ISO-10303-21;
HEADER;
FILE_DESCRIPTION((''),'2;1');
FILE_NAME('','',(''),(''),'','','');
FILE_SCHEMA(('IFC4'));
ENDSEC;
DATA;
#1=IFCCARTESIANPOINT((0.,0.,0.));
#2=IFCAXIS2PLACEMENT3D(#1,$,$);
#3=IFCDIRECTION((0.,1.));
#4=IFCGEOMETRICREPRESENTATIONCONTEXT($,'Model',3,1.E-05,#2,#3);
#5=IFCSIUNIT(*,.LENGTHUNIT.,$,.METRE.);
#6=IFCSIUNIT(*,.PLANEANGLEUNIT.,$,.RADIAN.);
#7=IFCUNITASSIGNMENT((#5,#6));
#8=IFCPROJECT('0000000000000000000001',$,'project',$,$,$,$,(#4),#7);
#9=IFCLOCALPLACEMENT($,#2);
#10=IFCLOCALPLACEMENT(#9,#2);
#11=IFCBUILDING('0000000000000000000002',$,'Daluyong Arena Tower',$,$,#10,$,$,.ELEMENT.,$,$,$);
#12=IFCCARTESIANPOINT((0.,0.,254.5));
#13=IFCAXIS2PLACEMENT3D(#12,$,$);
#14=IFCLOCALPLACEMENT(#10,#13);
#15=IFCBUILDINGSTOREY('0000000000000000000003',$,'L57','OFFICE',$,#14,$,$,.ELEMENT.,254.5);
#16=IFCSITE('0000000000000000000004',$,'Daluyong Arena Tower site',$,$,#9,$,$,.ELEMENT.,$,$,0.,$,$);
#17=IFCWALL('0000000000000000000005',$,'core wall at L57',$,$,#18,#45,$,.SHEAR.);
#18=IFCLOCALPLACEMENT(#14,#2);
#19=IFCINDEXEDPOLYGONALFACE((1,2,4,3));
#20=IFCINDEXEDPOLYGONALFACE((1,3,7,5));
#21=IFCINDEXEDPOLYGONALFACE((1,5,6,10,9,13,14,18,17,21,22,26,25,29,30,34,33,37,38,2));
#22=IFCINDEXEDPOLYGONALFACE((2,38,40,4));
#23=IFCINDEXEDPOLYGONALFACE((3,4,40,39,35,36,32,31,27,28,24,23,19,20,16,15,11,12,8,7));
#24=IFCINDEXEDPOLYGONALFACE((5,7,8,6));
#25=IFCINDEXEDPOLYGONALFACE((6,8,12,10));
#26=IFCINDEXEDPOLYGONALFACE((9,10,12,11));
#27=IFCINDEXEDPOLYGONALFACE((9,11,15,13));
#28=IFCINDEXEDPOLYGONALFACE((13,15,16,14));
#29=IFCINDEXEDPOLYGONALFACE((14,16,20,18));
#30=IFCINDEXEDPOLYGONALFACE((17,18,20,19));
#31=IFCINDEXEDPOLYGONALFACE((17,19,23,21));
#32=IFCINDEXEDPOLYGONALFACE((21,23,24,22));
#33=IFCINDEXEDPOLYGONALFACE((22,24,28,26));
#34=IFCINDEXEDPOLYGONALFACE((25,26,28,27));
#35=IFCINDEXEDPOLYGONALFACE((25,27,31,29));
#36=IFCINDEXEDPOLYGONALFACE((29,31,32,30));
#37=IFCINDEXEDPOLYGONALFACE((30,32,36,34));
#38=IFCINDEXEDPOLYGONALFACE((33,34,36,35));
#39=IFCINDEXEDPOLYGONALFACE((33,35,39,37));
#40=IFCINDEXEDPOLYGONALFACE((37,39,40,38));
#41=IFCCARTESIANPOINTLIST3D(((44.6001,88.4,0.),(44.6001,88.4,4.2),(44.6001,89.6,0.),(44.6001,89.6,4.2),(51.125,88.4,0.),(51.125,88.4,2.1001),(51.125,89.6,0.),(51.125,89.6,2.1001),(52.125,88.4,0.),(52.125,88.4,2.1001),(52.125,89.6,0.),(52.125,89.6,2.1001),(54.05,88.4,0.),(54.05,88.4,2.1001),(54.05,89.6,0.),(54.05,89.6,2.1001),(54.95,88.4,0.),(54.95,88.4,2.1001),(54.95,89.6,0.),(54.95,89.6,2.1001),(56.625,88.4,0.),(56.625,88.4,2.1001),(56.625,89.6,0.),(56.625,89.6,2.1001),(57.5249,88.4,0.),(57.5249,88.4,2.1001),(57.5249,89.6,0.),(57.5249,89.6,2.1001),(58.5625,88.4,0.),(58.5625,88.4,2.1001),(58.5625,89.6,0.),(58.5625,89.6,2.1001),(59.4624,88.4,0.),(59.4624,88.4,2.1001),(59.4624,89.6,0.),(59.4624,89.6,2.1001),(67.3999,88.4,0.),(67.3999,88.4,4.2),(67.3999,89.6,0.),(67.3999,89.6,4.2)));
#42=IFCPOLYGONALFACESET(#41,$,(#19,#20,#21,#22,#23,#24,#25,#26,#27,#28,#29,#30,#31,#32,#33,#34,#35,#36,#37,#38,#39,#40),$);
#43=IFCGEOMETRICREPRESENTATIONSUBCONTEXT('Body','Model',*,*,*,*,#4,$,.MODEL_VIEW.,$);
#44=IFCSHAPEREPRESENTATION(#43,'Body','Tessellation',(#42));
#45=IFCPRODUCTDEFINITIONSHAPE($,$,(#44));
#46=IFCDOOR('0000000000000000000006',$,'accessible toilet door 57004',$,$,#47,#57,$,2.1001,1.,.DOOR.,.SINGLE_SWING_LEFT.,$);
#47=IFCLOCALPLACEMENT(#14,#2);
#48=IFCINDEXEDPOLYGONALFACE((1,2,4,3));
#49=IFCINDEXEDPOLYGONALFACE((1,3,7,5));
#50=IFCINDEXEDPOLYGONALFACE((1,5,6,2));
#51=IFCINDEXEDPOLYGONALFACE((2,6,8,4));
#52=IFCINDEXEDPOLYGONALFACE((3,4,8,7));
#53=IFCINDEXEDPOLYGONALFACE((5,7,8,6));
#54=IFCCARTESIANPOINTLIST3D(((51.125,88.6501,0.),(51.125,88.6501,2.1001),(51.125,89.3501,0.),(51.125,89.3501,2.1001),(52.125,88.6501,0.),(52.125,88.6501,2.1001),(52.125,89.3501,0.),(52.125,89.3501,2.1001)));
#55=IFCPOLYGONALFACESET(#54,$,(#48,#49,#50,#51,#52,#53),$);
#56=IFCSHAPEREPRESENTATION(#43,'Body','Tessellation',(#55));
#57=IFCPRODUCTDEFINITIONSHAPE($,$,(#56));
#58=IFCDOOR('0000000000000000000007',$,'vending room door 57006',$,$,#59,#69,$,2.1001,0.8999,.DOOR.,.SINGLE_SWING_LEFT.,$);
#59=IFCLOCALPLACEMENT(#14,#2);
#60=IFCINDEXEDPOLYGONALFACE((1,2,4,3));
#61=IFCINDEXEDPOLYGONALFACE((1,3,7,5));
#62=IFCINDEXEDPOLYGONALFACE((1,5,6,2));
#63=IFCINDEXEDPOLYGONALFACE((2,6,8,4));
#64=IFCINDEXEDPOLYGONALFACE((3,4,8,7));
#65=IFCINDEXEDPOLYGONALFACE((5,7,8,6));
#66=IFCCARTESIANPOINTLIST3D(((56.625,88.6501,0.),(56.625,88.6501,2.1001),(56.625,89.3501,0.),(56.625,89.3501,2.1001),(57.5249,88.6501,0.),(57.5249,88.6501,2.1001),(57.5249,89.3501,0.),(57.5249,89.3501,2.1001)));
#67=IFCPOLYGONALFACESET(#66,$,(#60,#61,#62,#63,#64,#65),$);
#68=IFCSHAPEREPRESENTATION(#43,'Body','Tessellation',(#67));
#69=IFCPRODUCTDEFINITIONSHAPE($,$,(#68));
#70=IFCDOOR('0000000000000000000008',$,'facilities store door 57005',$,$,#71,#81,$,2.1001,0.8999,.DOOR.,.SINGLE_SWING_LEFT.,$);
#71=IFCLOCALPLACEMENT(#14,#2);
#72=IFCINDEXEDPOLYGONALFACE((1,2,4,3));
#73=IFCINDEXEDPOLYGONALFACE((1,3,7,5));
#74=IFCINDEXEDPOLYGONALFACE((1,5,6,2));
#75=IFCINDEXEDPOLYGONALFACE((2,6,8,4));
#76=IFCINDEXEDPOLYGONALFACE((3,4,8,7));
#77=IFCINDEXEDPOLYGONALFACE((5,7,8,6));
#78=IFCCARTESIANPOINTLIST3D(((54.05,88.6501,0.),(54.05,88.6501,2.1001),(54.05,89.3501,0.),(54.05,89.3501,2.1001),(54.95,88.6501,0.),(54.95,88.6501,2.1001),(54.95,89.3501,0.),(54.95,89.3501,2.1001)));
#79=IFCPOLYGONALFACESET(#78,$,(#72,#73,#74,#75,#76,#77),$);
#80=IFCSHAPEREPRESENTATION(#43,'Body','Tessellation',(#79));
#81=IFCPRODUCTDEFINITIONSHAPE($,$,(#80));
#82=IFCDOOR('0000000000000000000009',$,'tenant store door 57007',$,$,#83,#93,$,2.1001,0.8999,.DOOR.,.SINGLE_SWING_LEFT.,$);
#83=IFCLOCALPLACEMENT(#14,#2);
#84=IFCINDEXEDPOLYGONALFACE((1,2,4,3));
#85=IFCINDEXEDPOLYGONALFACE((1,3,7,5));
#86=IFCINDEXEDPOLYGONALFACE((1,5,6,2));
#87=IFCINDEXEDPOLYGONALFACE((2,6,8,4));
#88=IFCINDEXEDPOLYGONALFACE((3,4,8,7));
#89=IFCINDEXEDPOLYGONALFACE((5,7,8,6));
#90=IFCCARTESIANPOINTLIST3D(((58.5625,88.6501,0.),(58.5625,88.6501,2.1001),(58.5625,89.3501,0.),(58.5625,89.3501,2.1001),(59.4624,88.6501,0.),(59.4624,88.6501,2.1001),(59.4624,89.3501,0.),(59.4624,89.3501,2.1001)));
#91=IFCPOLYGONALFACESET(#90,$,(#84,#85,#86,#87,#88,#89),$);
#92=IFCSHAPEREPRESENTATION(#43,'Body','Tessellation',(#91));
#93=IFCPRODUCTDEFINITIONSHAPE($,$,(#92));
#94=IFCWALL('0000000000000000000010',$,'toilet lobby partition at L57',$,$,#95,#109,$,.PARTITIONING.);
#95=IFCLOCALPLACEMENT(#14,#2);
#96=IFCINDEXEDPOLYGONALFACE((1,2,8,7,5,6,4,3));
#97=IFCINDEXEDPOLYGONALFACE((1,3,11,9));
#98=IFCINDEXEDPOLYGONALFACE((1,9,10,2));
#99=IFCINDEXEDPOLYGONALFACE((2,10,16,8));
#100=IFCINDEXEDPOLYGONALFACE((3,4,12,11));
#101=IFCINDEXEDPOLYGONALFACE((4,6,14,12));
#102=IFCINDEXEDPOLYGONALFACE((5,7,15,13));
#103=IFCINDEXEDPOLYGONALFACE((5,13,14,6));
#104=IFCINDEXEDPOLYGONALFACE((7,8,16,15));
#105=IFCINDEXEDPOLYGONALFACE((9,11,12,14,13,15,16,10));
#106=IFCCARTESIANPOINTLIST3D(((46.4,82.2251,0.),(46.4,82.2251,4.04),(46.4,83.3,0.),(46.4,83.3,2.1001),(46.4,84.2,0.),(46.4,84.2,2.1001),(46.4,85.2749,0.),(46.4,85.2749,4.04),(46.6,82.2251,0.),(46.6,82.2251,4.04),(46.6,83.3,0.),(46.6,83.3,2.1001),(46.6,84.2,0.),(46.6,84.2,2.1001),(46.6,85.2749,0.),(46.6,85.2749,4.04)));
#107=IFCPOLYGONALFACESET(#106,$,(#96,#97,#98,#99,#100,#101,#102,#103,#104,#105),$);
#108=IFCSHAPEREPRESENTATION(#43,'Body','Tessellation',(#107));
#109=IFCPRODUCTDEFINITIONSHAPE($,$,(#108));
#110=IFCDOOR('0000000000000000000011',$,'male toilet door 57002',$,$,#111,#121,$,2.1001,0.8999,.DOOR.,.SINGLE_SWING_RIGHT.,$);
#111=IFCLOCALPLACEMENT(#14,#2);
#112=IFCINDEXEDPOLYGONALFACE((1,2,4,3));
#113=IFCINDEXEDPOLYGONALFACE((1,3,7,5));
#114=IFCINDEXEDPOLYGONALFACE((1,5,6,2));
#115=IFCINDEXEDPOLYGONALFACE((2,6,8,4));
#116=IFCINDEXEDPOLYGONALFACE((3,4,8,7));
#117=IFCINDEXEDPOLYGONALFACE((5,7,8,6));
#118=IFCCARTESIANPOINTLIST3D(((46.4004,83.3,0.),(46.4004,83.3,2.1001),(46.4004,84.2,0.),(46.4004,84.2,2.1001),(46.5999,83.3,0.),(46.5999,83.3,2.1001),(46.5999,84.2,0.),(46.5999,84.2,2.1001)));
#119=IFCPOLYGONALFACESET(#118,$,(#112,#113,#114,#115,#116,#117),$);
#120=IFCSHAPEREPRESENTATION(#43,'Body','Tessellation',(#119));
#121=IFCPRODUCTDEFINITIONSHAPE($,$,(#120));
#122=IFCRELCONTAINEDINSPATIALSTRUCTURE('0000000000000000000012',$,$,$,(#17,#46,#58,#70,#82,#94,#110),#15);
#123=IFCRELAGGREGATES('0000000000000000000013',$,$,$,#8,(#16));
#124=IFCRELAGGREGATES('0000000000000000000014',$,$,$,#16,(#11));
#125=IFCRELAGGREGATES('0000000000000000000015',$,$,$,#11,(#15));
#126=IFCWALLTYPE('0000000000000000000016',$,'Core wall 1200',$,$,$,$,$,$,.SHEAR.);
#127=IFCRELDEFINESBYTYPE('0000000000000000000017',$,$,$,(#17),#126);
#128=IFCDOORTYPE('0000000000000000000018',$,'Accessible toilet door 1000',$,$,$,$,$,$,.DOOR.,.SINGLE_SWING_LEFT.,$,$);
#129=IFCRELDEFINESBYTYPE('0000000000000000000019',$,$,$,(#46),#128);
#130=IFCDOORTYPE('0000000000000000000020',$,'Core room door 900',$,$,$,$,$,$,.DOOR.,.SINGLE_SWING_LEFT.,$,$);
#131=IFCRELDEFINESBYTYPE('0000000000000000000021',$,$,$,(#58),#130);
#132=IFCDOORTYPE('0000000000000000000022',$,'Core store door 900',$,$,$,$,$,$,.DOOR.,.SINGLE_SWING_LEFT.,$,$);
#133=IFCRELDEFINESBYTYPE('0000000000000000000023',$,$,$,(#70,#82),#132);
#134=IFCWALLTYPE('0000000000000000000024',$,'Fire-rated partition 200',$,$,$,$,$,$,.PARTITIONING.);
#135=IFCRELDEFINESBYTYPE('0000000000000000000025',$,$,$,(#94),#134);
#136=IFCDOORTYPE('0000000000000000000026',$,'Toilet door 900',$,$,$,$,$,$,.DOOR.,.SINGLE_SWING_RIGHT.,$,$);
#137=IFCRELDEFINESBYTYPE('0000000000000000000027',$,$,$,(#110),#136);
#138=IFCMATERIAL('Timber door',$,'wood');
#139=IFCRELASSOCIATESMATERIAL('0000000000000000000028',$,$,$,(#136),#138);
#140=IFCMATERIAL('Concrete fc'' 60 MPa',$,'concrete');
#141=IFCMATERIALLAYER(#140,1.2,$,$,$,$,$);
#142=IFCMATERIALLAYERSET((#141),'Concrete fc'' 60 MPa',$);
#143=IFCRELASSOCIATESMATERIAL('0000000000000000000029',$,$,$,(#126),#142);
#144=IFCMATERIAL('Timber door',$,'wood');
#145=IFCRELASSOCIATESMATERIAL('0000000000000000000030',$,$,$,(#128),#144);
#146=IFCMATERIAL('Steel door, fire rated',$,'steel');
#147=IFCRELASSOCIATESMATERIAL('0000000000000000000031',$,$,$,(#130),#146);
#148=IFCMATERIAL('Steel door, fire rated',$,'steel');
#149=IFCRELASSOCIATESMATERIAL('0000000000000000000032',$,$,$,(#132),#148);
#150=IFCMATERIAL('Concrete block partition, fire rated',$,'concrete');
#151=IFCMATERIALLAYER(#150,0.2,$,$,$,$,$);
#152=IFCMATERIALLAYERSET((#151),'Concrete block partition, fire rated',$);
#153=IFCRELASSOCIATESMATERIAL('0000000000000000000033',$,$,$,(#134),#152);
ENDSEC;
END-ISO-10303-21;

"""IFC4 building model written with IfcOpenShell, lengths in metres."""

from ifc_helpers import new_model, si_unit, direction, frame, frame_2d, origin, place, context, subcontext, project, spatial, rectangle, extrude, material, layer, layer_set, type_object, element, fill, save


model = new_model("IFC4")

# Units and contexts
model_context = context("Model", 3, precision=1e-05, world=origin(), true_north=direction((0.0, 1.0)))
body_context = subcontext(model_context, "Body", "Model", "MODEL_VIEW")
ifc_project = project(units=[si_unit("LENGTHUNIT", "METRE"), si_unit("PLANEANGLEUNIT", "RADIAN")], contexts=[model_context])

# Site, building, storey
site_placement = place(None, origin())
site = spatial("IfcSite", under=ifc_project, at=site_placement, Name="Daluyong Arena Tower site", CompositionType="ELEMENT", RefElevation=0.0)
building_placement = place(site_placement, origin())
building = spatial("IfcBuilding", under=site, at=building_placement, Name="Daluyong Arena Tower", CompositionType="ELEMENT")
storey_placement = place(building_placement, frame((0.0, 0.0, 254.5)))
storey = spatial("IfcBuildingStorey", under=building, at=storey_placement, Name="L57", Description="OFFICE", CompositionType="ELEMENT", Elevation=254.5)

# Shared definitions
ifc_material_1 = material(Name="Timber door", Category="wood")
door_type_1 = type_object("IfcDoorType", Name="Toilet door 900", OperationType="SINGLE_SWING_RIGHT", PredefinedType="DOOR", material=ifc_material_1)

# Wall, openings, doors
ifc_material_2 = material(Name="Concrete fc' 60 MPa", Category="concrete")
ifc_layer_1 = layer(ifc_material_2, 1.2)
ifc_layer_set_1 = layer_set([ifc_layer_1], Name="Concrete fc' 60 MPa")
wall_type_1 = type_object("IfcWallType", Name="Core wall 1200", PredefinedType="SHEAR", material=ifc_layer_set_1)
wall_1_placement = place(storey_placement, frame((44.6001, 89.0, 0.0), z_axis=(0.0, 0.0, 1.0), x_axis=(1.0, 0.0, 0.0)))
wall_1 = element("IfcWall", 1, at=wall_1_placement, inside=storey, type_object=wall_type_1, Name="core wall at L57", PredefinedType="SHEAR", context=body_context, shape_type="SweptSolid", body=[
    extrude(rectangle(XDim=22.7998, YDim=1.2, at=frame_2d((11.3999, 0.0))), origin(), (0.0, 0.0, 1.0), 4.2),
])
opening_1_placement = place(wall_1_placement, frame((6.5249, 0.0, 0.0)))
opening_1 = element("IfcOpeningElement", 2, at=opening_1_placement, cuts=wall_1, PredefinedType="OPENING", context=body_context, shape_type="SweptSolid", body=[
    extrude(rectangle(XDim=1.0, YDim=2.1001, at=frame_2d((0.5, 1.05))), frame((0.0, 0.6099, 0.0), z_axis=(0.0, -1.0, 0.0), x_axis=(1.0, 0.0, 0.0)), (0.0, 0.0, 1.0), 1.22),
])
opening_2_placement = place(wall_1_placement, frame((9.45, 0.0, 0.0)))
opening_2 = element("IfcOpeningElement", 3, at=opening_2_placement, cuts=wall_1, PredefinedType="OPENING", context=body_context, shape_type="SweptSolid", body=[
    extrude(rectangle(XDim=0.8999, YDim=2.1001, at=frame_2d((0.45, 1.05))), frame((0.0, 0.6099, 0.0), z_axis=(0.0, -1.0, 0.0), x_axis=(1.0, 0.0, 0.0)), (0.0, 0.0, 1.0), 1.22),
])
opening_3_placement = place(wall_1_placement, frame((12.0249, 0.0, 0.0)))
opening_3 = element("IfcOpeningElement", 4, at=opening_3_placement, cuts=wall_1, PredefinedType="OPENING", context=body_context, shape_type="SweptSolid", body=[
    extrude(rectangle(XDim=0.8999, YDim=2.1001, at=frame_2d((0.45, 1.05))), frame((0.0, 0.6099, 0.0), z_axis=(0.0, -1.0, 0.0), x_axis=(1.0, 0.0, 0.0)), (0.0, 0.0, 1.0), 1.22),
])
opening_4_placement = place(wall_1_placement, frame((13.9624, 0.0, 0.0)))
opening_4 = element("IfcOpeningElement", 5, at=opening_4_placement, cuts=wall_1, PredefinedType="OPENING", context=body_context, shape_type="SweptSolid", body=[
    extrude(rectangle(XDim=0.8999, YDim=2.1001, at=frame_2d((0.45, 1.05))), frame((0.0, 0.6099, 0.0), z_axis=(0.0, -1.0, 0.0), x_axis=(1.0, 0.0, 0.0)), (0.0, 0.0, 1.0), 1.22),
])
ifc_material_3 = material(Name="Timber door", Category="wood")
door_type_2 = type_object("IfcDoorType", Name="Accessible toilet door 1000", OperationType="SINGLE_SWING_LEFT", PredefinedType="DOOR", material=ifc_material_3)
door_1_placement = place(opening_1_placement, origin())
door_1 = element("IfcDoor", 6, at=door_1_placement, inside=storey, type_object=door_type_2, Name="accessible toilet door 57004", OperationType="SINGLE_SWING_LEFT", OverallHeight=2.1001, OverallWidth=1.0, PredefinedType="DOOR", context=body_context, shape_type="SweptSolid", body=[
    extrude(rectangle(XDim=1.0, YDim=2.1001, at=frame_2d((0.5, 1.05))), frame((0.0, 0.3501, 0.0), z_axis=(0.0, -1.0, 0.0), x_axis=(1.0, 0.0, 0.0)), (0.0, 0.0, 1.0), 0.7),
])
fill(opening_1, door_1)
ifc_material_4 = material(Name="Steel door, fire rated", Category="steel")
door_type_3 = type_object("IfcDoorType", Name="Core room door 900", OperationType="SINGLE_SWING_LEFT", PredefinedType="DOOR", material=ifc_material_4)
door_2_placement = place(opening_3_placement, origin())
door_2 = element("IfcDoor", 7, at=door_2_placement, inside=storey, type_object=door_type_3, Name="vending room door 57006", OperationType="SINGLE_SWING_LEFT", OverallHeight=2.1001, OverallWidth=0.8999, PredefinedType="DOOR", context=body_context, shape_type="SweptSolid", body=[
    extrude(rectangle(XDim=0.8999, YDim=2.1001, at=frame_2d((0.45, 1.05))), frame((0.0, 0.3501, 0.0), z_axis=(0.0, -1.0, 0.0), x_axis=(1.0, 0.0, 0.0)), (0.0, 0.0, 1.0), 0.7),
])
fill(opening_3, door_2)
ifc_material_5 = material(Name="Steel door, fire rated", Category="steel")
door_type_4 = type_object("IfcDoorType", Name="Core store door 900", OperationType="SINGLE_SWING_LEFT", PredefinedType="DOOR", material=ifc_material_5)
door_3_placement = place(opening_2_placement, origin())
door_3 = element("IfcDoor", 8, at=door_3_placement, inside=storey, type_object=door_type_4, Name="facilities store door 57005", OperationType="SINGLE_SWING_LEFT", OverallHeight=2.1001, OverallWidth=0.8999, PredefinedType="DOOR", context=body_context, shape_type="SweptSolid", body=[
    extrude(rectangle(XDim=0.8999, YDim=2.1001, at=frame_2d((0.45, 1.05))), frame((0.0, 0.3501, 0.0), z_axis=(0.0, -1.0, 0.0), x_axis=(1.0, 0.0, 0.0)), (0.0, 0.0, 1.0), 0.7),
])
fill(opening_2, door_3)
door_4_placement = place(opening_4_placement, origin())
door_4 = element("IfcDoor", 9, at=door_4_placement, inside=storey, type_object=door_type_4, Name="tenant store door 57007", OperationType="SINGLE_SWING_LEFT", OverallHeight=2.1001, OverallWidth=0.8999, PredefinedType="DOOR", context=body_context, shape_type="SweptSolid", body=[
    extrude(rectangle(XDim=0.8999, YDim=2.1001, at=frame_2d((0.45, 1.05))), frame((0.0, 0.3501, 0.0), z_axis=(0.0, -1.0, 0.0), x_axis=(1.0, 0.0, 0.0)), (0.0, 0.0, 1.0), 0.7),
])
fill(opening_4, door_4)

# Wall, opening, door
ifc_material_6 = material(Name="Concrete block partition, fire rated", Category="concrete")
ifc_layer_2 = layer(ifc_material_6, 0.2)
ifc_layer_set_2 = layer_set([ifc_layer_2], Name="Concrete block partition, fire rated")
wall_type_2 = type_object("IfcWallType", Name="Fire-rated partition 200", PredefinedType="PARTITIONING", material=ifc_layer_set_2)
wall_2_placement = place(storey_placement, frame((46.5, 82.2251, 0.0), z_axis=(0.0, 0.0, 1.0), x_axis=(0.0, 1.0, 0.0)))
wall_2 = element("IfcWall", 10, at=wall_2_placement, inside=storey, type_object=wall_type_2, Name="toilet lobby partition at L57", PredefinedType="PARTITIONING", context=body_context, shape_type="SweptSolid", body=[
    extrude(rectangle(XDim=3.0498, YDim=0.2, at=frame_2d((1.5249, 0.0))), origin(), (0.0, 0.0, 1.0), 4.04),
])
opening_5_placement = place(wall_2_placement, frame((1.075, 0.0, 0.0)))
opening_5 = element("IfcOpeningElement", 11, at=opening_5_placement, cuts=wall_2, PredefinedType="OPENING", context=body_context, shape_type="SweptSolid", body=[
    extrude(rectangle(XDim=0.8999, YDim=2.1001, at=frame_2d((0.45, 1.05))), frame((0.0, 0.1099, 0.0), z_axis=(0.0, -1.0, 0.0), x_axis=(1.0, 0.0, 0.0)), (0.0, 0.0, 1.0), 0.22),
])
door_5_placement = place(opening_5_placement, origin())
door_5 = element("IfcDoor", 12, at=door_5_placement, inside=storey, type_object=door_type_1, Name="male toilet door 57002", OperationType="SINGLE_SWING_RIGHT", OverallHeight=2.1001, OverallWidth=0.8999, PredefinedType="DOOR", context=body_context, shape_type="SweptSolid", body=[
    extrude(rectangle(XDim=0.8999, YDim=2.1001, at=frame_2d((0.45, 1.05))), frame((0.0, 0.0996, 0.0), z_axis=(0.0, -1.0, 0.0), x_axis=(1.0, 0.0, 0.0)), (0.0, 0.0, 1.0), 0.1995),
])
fill(opening_5, door_5)

save(model, "model.ifc")
